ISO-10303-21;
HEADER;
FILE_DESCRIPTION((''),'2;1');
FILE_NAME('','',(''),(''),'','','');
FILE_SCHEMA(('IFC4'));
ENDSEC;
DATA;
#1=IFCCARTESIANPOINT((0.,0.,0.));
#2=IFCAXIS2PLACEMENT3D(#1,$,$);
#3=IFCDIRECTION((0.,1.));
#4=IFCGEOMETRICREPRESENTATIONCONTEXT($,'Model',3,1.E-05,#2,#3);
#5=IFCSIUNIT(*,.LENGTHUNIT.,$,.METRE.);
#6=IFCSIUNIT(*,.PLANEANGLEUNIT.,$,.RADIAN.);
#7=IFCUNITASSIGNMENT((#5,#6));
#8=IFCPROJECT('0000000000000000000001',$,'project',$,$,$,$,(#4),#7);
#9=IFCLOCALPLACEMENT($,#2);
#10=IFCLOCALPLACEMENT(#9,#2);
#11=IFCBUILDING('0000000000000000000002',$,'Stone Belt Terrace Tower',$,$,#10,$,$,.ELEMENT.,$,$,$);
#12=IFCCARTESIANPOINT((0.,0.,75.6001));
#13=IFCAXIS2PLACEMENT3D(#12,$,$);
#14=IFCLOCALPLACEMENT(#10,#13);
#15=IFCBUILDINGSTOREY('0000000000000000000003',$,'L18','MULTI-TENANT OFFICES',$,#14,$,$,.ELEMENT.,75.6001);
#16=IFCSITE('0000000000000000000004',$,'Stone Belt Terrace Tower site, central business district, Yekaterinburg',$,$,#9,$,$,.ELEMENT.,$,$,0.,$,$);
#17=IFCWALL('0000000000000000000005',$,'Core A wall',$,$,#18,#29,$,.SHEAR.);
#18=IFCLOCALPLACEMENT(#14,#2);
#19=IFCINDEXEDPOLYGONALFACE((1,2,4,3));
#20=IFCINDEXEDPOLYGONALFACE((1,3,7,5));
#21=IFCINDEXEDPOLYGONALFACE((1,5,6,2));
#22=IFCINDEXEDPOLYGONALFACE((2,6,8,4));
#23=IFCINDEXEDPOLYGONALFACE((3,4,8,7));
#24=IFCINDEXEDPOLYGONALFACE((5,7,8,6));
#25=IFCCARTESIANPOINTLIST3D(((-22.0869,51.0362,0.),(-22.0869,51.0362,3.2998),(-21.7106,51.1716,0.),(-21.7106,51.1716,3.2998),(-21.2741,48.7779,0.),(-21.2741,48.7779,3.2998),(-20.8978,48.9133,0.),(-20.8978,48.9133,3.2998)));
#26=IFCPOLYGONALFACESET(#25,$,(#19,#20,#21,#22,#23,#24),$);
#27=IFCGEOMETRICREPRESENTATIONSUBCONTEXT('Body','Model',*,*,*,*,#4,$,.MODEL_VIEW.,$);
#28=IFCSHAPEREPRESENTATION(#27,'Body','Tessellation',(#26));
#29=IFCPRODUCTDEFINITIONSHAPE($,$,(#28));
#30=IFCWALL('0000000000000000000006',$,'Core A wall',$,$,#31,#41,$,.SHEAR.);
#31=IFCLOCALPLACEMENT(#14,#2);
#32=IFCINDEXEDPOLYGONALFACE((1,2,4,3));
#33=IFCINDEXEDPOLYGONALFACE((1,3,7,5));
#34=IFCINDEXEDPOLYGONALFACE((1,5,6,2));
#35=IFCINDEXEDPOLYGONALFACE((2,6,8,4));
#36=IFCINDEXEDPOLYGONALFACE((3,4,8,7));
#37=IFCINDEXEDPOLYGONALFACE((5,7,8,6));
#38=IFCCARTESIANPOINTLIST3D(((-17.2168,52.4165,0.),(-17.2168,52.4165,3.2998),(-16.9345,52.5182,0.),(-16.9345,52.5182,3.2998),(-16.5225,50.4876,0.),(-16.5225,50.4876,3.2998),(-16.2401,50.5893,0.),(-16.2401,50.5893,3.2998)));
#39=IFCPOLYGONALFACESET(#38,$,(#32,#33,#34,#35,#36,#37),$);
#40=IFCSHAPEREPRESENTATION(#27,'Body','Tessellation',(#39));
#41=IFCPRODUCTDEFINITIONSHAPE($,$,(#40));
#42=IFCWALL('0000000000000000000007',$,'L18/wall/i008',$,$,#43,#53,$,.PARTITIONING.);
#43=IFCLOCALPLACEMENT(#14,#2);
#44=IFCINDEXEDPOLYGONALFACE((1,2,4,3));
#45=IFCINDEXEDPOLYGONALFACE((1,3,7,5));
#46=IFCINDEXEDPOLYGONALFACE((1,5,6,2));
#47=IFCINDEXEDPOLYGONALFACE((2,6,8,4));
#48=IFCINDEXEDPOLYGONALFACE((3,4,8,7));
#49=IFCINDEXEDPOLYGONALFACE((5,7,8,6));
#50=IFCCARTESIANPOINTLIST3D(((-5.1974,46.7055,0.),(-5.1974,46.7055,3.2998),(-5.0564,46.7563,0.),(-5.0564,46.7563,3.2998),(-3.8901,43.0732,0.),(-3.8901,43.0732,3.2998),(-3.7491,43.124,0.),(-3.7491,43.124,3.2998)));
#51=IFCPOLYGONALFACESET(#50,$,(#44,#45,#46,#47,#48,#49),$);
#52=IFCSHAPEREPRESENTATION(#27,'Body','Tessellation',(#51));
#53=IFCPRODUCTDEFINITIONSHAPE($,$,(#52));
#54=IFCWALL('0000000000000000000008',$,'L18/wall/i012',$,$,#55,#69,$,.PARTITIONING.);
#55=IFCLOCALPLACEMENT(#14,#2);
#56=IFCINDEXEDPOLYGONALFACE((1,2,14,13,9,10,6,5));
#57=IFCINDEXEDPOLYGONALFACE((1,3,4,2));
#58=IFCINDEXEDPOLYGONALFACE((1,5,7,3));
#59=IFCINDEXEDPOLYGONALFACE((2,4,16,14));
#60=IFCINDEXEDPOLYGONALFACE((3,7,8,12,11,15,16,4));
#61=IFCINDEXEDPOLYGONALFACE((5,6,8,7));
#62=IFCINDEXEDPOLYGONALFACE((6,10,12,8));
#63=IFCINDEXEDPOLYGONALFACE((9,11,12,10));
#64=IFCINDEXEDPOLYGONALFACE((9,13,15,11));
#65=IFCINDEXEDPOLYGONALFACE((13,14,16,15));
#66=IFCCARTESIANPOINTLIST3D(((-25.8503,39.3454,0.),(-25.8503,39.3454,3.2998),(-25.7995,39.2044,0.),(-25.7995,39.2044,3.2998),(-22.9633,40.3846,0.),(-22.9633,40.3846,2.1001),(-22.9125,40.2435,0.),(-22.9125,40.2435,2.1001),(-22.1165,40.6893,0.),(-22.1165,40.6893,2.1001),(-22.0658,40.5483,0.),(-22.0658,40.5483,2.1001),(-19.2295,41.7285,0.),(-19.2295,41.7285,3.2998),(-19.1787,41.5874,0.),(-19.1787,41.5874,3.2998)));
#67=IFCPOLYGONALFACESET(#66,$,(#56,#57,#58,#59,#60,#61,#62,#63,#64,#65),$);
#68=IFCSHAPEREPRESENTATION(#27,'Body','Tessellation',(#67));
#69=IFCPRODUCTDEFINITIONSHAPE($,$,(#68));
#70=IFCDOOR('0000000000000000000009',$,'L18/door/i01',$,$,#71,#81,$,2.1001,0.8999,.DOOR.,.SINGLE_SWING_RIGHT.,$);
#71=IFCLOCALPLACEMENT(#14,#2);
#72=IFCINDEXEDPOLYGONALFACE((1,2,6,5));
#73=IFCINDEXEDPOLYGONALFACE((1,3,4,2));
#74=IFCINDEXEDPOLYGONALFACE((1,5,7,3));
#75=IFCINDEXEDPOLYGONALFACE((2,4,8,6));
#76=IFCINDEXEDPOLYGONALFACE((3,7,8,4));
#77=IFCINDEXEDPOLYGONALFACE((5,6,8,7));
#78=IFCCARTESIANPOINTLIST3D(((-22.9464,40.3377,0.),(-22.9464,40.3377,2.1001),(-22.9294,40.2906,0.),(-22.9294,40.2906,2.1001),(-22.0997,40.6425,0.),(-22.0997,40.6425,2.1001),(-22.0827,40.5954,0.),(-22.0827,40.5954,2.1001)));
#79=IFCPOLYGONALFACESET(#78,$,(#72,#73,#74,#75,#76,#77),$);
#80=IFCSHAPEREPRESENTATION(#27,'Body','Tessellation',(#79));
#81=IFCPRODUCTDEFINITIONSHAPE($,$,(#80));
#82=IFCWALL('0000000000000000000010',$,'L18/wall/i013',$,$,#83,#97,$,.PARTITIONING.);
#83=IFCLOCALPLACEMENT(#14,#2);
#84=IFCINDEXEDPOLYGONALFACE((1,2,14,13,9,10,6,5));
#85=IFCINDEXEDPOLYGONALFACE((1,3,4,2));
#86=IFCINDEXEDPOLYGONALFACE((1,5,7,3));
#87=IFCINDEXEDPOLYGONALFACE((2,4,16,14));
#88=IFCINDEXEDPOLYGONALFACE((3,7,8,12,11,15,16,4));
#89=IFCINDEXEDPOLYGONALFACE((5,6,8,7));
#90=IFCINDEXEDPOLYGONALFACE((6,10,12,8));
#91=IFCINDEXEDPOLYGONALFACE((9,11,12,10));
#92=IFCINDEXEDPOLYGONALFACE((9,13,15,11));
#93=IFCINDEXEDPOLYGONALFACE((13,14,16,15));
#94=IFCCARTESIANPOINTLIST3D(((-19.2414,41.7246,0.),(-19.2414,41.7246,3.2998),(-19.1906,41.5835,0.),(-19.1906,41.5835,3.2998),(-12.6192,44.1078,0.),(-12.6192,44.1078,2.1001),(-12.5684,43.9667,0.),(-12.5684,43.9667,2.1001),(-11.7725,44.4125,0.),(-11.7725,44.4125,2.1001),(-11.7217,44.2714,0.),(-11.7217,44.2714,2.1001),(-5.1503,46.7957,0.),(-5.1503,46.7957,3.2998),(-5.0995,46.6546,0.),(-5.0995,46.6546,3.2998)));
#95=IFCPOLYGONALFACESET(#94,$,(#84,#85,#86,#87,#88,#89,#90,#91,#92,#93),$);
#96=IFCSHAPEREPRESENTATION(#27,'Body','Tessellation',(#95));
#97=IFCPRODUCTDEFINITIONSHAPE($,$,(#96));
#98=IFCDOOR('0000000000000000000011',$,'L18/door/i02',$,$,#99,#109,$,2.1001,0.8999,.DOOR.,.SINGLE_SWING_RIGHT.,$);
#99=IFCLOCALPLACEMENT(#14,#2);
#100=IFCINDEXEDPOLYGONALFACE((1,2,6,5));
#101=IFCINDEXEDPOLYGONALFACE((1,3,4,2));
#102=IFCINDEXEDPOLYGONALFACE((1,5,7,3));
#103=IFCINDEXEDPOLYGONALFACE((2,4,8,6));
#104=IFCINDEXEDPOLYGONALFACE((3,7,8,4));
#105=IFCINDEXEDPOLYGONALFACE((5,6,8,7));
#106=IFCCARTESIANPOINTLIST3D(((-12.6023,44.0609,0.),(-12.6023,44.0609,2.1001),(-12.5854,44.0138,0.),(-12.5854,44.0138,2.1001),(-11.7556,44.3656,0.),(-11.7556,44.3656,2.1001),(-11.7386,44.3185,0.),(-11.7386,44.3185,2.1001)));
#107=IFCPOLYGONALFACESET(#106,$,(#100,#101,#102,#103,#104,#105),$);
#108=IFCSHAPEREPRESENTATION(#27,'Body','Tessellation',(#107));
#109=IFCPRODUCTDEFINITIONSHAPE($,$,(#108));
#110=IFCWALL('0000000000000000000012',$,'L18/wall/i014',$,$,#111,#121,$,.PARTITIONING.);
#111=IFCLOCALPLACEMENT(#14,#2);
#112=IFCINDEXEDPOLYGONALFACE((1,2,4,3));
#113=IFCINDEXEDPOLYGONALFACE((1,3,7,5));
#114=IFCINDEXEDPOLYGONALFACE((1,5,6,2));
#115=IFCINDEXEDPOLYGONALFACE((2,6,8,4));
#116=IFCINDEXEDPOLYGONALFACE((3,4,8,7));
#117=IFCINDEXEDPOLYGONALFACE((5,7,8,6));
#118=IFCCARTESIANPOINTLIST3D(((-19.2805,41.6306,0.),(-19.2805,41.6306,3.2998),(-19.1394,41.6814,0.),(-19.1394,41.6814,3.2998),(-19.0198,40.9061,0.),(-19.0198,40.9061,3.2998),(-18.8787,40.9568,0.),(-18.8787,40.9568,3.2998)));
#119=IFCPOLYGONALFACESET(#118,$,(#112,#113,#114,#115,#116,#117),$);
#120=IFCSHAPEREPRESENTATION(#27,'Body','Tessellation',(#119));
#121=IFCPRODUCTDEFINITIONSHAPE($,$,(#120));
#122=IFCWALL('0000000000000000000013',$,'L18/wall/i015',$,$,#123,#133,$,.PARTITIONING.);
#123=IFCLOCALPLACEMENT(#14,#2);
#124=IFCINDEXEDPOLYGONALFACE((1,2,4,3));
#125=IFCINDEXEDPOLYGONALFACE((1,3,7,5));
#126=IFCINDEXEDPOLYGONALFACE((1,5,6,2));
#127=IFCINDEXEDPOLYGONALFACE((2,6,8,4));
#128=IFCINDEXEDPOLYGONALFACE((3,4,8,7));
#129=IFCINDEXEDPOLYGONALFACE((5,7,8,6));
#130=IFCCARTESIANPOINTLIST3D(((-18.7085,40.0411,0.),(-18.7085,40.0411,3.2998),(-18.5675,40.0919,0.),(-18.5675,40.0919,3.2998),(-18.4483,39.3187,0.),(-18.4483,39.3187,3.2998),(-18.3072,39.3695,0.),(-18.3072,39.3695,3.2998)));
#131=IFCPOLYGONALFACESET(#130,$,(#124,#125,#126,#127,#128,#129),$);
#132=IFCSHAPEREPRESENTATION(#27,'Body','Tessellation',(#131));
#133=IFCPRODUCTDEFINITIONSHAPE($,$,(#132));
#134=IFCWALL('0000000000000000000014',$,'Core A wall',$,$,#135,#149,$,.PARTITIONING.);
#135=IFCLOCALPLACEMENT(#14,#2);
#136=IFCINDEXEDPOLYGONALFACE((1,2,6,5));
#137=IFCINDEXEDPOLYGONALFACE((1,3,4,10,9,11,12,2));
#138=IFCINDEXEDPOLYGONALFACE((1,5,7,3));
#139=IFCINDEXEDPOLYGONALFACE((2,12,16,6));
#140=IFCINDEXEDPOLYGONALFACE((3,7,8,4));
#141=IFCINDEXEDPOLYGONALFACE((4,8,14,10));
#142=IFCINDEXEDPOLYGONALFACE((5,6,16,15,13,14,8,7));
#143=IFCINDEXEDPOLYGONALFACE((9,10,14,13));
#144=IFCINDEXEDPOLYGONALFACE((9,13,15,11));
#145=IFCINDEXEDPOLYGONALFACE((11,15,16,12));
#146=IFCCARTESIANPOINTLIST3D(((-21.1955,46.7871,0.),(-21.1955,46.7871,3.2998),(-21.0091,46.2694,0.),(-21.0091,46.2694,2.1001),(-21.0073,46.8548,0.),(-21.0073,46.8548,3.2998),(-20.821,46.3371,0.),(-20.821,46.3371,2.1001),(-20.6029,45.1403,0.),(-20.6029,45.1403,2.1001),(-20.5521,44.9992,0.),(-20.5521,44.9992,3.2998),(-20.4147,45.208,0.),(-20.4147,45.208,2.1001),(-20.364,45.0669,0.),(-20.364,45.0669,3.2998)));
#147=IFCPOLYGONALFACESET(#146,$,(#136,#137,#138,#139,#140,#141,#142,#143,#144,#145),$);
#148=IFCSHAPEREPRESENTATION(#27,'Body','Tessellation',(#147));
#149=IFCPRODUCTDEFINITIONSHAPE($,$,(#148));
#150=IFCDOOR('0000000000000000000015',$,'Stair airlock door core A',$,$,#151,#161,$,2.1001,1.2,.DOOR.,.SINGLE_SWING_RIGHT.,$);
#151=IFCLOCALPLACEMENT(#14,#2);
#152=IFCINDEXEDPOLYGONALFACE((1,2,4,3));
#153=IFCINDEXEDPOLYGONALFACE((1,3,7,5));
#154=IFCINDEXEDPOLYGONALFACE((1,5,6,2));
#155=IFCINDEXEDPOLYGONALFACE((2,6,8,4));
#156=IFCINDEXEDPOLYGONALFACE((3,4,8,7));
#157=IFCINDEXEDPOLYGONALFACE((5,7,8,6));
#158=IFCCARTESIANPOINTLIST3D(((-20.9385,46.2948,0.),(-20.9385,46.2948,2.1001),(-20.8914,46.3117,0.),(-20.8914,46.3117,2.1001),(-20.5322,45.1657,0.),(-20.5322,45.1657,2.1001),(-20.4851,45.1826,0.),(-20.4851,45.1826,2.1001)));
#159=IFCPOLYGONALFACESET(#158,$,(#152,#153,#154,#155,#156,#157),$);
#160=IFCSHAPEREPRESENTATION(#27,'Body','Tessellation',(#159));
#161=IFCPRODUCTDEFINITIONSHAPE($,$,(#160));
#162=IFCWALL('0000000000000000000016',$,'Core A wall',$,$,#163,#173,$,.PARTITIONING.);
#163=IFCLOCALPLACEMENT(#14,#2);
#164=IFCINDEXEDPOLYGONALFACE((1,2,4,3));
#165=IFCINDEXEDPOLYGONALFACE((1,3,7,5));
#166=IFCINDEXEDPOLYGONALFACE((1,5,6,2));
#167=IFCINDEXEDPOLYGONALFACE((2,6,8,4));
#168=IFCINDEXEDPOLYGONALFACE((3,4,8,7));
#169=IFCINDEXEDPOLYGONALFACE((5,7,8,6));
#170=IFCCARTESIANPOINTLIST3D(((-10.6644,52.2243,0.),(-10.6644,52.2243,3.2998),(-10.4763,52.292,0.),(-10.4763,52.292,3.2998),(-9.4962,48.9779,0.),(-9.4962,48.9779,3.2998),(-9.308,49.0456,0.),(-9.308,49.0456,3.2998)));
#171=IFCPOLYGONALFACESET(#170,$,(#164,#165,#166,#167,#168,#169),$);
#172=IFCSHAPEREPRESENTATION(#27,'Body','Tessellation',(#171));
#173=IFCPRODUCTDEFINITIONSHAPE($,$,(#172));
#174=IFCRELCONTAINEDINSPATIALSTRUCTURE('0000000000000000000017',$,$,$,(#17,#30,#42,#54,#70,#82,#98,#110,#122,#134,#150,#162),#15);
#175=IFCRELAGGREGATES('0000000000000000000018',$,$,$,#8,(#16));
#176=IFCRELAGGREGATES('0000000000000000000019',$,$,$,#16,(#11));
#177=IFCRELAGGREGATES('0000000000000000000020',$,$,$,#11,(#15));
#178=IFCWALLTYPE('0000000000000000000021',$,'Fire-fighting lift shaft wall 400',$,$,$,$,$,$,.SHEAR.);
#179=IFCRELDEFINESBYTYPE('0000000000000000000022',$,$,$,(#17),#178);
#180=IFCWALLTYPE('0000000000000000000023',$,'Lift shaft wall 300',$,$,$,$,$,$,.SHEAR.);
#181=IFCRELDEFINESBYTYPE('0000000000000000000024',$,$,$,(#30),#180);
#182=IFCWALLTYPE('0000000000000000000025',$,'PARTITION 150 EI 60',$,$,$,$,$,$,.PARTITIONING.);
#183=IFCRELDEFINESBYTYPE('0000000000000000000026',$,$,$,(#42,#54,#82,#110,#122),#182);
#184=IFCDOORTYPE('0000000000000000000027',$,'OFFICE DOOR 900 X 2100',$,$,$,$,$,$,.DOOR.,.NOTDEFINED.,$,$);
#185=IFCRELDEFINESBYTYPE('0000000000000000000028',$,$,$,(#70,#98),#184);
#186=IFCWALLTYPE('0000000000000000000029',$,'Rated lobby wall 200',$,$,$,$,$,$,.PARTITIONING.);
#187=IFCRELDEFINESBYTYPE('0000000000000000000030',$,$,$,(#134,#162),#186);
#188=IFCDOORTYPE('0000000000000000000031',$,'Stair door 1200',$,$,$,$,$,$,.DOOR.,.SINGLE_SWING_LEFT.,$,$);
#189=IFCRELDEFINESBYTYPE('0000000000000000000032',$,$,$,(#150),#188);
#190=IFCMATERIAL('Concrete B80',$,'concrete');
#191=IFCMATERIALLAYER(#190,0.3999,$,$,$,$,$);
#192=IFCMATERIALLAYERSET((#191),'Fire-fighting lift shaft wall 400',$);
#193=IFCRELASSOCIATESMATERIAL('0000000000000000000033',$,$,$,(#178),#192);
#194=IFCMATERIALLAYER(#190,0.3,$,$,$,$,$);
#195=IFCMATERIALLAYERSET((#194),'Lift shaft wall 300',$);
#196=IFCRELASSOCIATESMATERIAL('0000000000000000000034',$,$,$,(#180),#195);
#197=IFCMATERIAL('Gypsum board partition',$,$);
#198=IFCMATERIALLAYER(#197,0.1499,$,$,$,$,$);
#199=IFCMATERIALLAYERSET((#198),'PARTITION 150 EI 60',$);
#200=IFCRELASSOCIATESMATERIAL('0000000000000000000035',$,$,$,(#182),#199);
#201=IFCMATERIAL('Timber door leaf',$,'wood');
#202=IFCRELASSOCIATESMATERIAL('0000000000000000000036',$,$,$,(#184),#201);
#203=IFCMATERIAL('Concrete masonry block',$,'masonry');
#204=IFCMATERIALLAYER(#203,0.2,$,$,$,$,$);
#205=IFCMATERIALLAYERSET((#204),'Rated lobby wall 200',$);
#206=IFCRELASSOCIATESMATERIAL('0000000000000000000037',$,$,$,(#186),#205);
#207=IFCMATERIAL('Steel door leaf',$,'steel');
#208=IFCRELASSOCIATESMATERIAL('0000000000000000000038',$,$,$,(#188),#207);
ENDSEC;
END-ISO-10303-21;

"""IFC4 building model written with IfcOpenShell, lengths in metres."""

from ifc_helpers import new_model, si_unit, direction, frame, frame_2d, origin, place, context, subcontext, project, spatial, rectangle, extrude, material, layer, layer_set, type_object, element, fill, save


model = new_model("IFC4")

# Units and contexts
model_context = context("Model", 3, precision=1e-05, world=origin(), true_north=direction((0.0, 1.0)))
body_context = subcontext(model_context, "Body", "Model", "MODEL_VIEW")
ifc_project = project(units=[si_unit("LENGTHUNIT", "METRE"), si_unit("PLANEANGLEUNIT", "RADIAN")], contexts=[model_context])

# Site, building, storey
site_placement = place(None, origin())
site = spatial("IfcSite", under=ifc_project, at=site_placement, Name="Stone Belt Terrace Tower site, central business district, Yekaterinburg", CompositionType="ELEMENT", RefElevation=0.0)
building_placement = place(site_placement, origin())
building = spatial("IfcBuilding", under=site, at=building_placement, Name="Stone Belt Terrace Tower", CompositionType="ELEMENT")
storey_placement = place(building_placement, frame((0.0, 0.0, 75.6001)))
storey = spatial("IfcBuildingStorey", under=building, at=storey_placement, Name="L18", Description="MULTI-TENANT OFFICES", CompositionType="ELEMENT", Elevation=75.6001)

# Shared definitions
ifc_material_1 = material(Name="Concrete B80", Category="concrete")

# Shared definitions
ifc_material_2 = material(Name="Timber door leaf", Category="wood")

# Walls
ifc_layer_1 = layer(ifc_material_1, 0.3999)
ifc_layer_set_1 = layer_set([ifc_layer_1], Name="Fire-fighting lift shaft wall 400")
wall_type_1 = type_object("IfcWallType", Name="Fire-fighting lift shaft wall 400", PredefinedType="SHEAR", material=ifc_layer_set_1)
wall_1_placement = place(storey_placement, frame((-21.0859, 48.8455, 0.0), z_axis=(0.0, 0.0, 1.0), x_axis=(-0.338629, 0.94092, 0.0)))
element("IfcWall", 1, at=wall_1_placement, inside=storey, type_object=wall_type_1, Name="Core A wall", PredefinedType="SHEAR", context=body_context, shape_type="SweptSolid", body=[
    extrude(rectangle(XDim=2.4001, YDim=0.3999, at=frame_2d((1.2002, 0.0))), origin(), (0.0, 0.0, 1.0), 3.2998),
])
ifc_layer_2 = layer(ifc_material_1, 0.3)
ifc_layer_set_2 = layer_set([ifc_layer_2], Name="Lift shaft wall 300")
wall_type_2 = type_object("IfcWallType", Name="Lift shaft wall 300", PredefinedType="SHEAR", material=ifc_layer_set_2)
wall_2_placement = place(storey_placement, frame((-16.3813, 50.5386, 0.0), z_axis=(0.0, 0.0, 1.0), x_axis=(-0.338682, 0.940901, 0.0)))
element("IfcWall", 2, at=wall_2_placement, inside=storey, type_object=wall_type_2, Name="Core A wall", PredefinedType="SHEAR", context=body_context, shape_type="SweptSolid", body=[
    extrude(rectangle(XDim=2.05, YDim=0.3, at=frame_2d((1.0249, 0.0))), origin(), (0.0, 0.0, 1.0), 3.2998),
])
ifc_material_3 = material(Name="Gypsum board partition")
ifc_layer_3 = layer(ifc_material_3, 0.1499)
ifc_layer_set_3 = layer_set([ifc_layer_3], Name="PARTITION 150 EI 60")
wall_type_3 = type_object("IfcWallType", Name="PARTITION 150 EI 60", PredefinedType="PARTITIONING", material=ifc_layer_set_3)
wall_3_placement = place(storey_placement, frame((-3.8196, 43.0986, 0.0), z_axis=(0.0, 0.0, 1.0), x_axis=(-0.338659, 0.940909, 0.0)))
element("IfcWall", 3, at=wall_3_placement, inside=storey, type_object=wall_type_3, Name="L18/wall/i008", PredefinedType="PARTITIONING", context=body_context, shape_type="SweptSolid", body=[
    extrude(rectangle(XDim=3.8604, YDim=0.1499, at=frame_2d((1.9302, 0.0))), origin(), (0.0, 0.0, 1.0), 3.2998),
])

# Walls, openings, doors
wall_4_placement = place(storey_placement, frame((-19.2041, 41.658, 0.0), z_axis=(0.0, 0.0, 1.0), x_axis=(-0.940908, -0.338663, 0.0)))
wall_4 = element("IfcWall", 4, at=wall_4_placement, inside=storey, type_object=wall_type_3, Name="L18/wall/i012", PredefinedType="PARTITIONING", context=body_context, shape_type="SweptSolid", body=[
    extrude(rectangle(XDim=7.0366, YDim=0.1499, at=frame_2d((3.5183, 0.0))), origin(), (0.0, 0.0, 1.0), 3.2998),
])
opening_1_placement = place(wall_4_placement, frame((3.0684, 0.0, 0.0)))
opening_1 = element("IfcOpeningElement", 5, at=opening_1_placement, cuts=wall_4, PredefinedType="OPENING", context=body_context, shape_type="SweptSolid", body=[
    extrude(rectangle(XDim=0.8999, YDim=2.1001, at=frame_2d((0.45, 1.05))), frame((0.0, 0.085, 0.0), z_axis=(0.0, -1.0, 0.0), x_axis=(1.0, 0.0, 0.0)), (0.0, 0.0, 1.0), 0.1699),
])
door_type_1 = type_object("IfcDoorType", Name="OFFICE DOOR 900 X 2100", OperationType="NOTDEFINED", PredefinedType="DOOR", material=ifc_material_2)
door_1_placement = place(opening_1_placement, origin())
door_1 = element("IfcDoor", 6, at=door_1_placement, inside=storey, type_object=door_type_1, Name="L18/door/i01", OperationType="SINGLE_SWING_RIGHT", OverallHeight=2.1001, OverallWidth=0.8999, PredefinedType="DOOR", context=body_context, shape_type="SweptSolid", body=[
    extrude(rectangle(XDim=0.8999, YDim=2.1001, at=frame_2d((0.45, 1.05))), frame((0.0, 0.0249, 0.0), z_axis=(0.0, -1.0, 0.0), x_axis=(1.0, 0.0, 0.0)), (0.0, 0.0, 1.0), 0.05),
])
fill(opening_1, door_1)
wall_5_placement = place(storey_placement, frame((-5.125, 46.7251, 0.0), z_axis=(0.0, 0.0, 1.0), x_axis=(-0.940924, -0.338617, 0.0)))
wall_5 = element("IfcWall", 7, at=wall_5_placement, inside=storey, type_object=wall_type_3, Name="L18/wall/i013", PredefinedType="PARTITIONING", context=body_context, shape_type="SweptSolid", body=[
    extrude(rectangle(XDim=14.9758, YDim=0.1499, at=frame_2d((7.4878, 0.0))), origin(), (0.0, 0.0, 1.0), 3.2998),
])
opening_2_placement = place(wall_5_placement, frame((7.0378, 0.0, 0.0)))
opening_2 = element("IfcOpeningElement", 8, at=opening_2_placement, cuts=wall_5, PredefinedType="OPENING", context=body_context, shape_type="SweptSolid", body=[
    extrude(rectangle(XDim=0.8999, YDim=2.1001, at=frame_2d((0.45, 1.05))), frame((0.0, 0.085, 0.0), z_axis=(0.0, -1.0, 0.0), x_axis=(1.0, 0.0, 0.0)), (0.0, 0.0, 1.0), 0.1699),
])
door_2_placement = place(opening_2_placement, origin())
door_2 = element("IfcDoor", 9, at=door_2_placement, inside=storey, type_object=door_type_1, Name="L18/door/i02", OperationType="SINGLE_SWING_RIGHT", OverallHeight=2.1001, OverallWidth=0.8999, PredefinedType="DOOR", context=body_context, shape_type="SweptSolid", body=[
    extrude(rectangle(XDim=0.8999, YDim=2.1001, at=frame_2d((0.45, 1.05))), frame((0.0, 0.0249, 0.0), z_axis=(0.0, -1.0, 0.0), x_axis=(1.0, 0.0, 0.0)), (0.0, 0.0, 1.0), 0.05),
])
fill(opening_2, door_2)

# Walls
wall_6_placement = place(storey_placement, frame((-19.21, 41.656, 0.0), z_axis=(0.0, 0.0, 1.0), x_axis=(0.338585, -0.940936, 0.0)))
element("IfcWall", 10, at=wall_6_placement, inside=storey, type_object=wall_type_3, Name="L18/wall/i014", PredefinedType="PARTITIONING", context=body_context, shape_type="SweptSolid", body=[
    extrude(rectangle(XDim=0.77, YDim=0.1499, at=frame_2d((0.385, 0.0))), origin(), (0.0, 0.0, 1.0), 3.2998),
])
wall_7_placement = place(storey_placement, frame((-18.6379, 40.0664, 0.0), z_axis=(0.0, 0.0, 1.0), x_axis=(0.338933, -0.94081, 0.0)))
element("IfcWall", 11, at=wall_7_placement, inside=storey, type_object=wall_type_3, Name="L18/wall/i015", PredefinedType="PARTITIONING", context=body_context, shape_type="SweptSolid", body=[
    extrude(rectangle(XDim=0.7678, YDim=0.1499, at=frame_2d((0.3838, 0.0))), origin(), (0.0, 0.0, 1.0), 3.2998),
])

# Wall, opening, door
ifc_material_4 = material(Name="Concrete masonry block", Category="masonry")
ifc_layer_4 = layer(ifc_material_4, 0.2)
ifc_layer_set_4 = layer_set([ifc_layer_4], Name="Rated lobby wall 200")
wall_type_4 = type_object("IfcWallType", Name="Rated lobby wall 200", PredefinedType="PARTITIONING", material=ifc_layer_set_4)
wall_8_placement = place(storey_placement, frame((-20.458, 45.033, 0.0), z_axis=(0.0, 0.0, 1.0), x_axis=(-0.338574, 0.94094, 0.0)))
wall_8 = element("IfcWall", 12, at=wall_8_placement, inside=storey, type_object=wall_type_4, Name="Core A wall", PredefinedType="PARTITIONING", context=body_context, shape_type="SweptSolid", body=[
    extrude(rectangle(XDim=1.9001, YDim=0.2, at=frame_2d((0.9502, 0.0))), origin(), (0.0, 0.0, 1.0), 3.2998),
])
opening_3_placement = place(wall_8_placement, frame((0.1499, 0.0, 0.0)))
opening_3 = element("IfcOpeningElement", 13, at=opening_3_placement, cuts=wall_8, PredefinedType="OPENING", context=body_context, shape_type="SweptSolid", body=[
    extrude(rectangle(XDim=1.2, YDim=2.1001, at=frame_2d((0.6001, 1.05))), frame((0.0, 0.1099, 0.0), z_axis=(0.0, -1.0, 0.0), x_axis=(1.0, 0.0, 0.0)), (0.0, 0.0, 1.0), 0.22),
])
ifc_material_5 = material(Name="Steel door leaf", Category="steel")
door_type_2 = type_object("IfcDoorType", Name="Stair door 1200", OperationType="SINGLE_SWING_LEFT", PredefinedType="DOOR", material=ifc_material_5)
door_3_placement = place(opening_3_placement, origin())
door_3 = element("IfcDoor", 14, at=door_3_placement, inside=storey, type_object=door_type_2, Name="Stair airlock door core A", OperationType="SINGLE_SWING_RIGHT", OverallHeight=2.1001, OverallWidth=1.2, PredefinedType="DOOR", context=body_context, shape_type="SweptSolid", body=[
    extrude(rectangle(XDim=1.2, YDim=2.1001, at=frame_2d((0.6001, 1.05))), frame((0.0, 0.0249, 0.0), z_axis=(0.0, -1.0, 0.0), x_axis=(1.0, 0.0, 0.0)), (0.0, 0.0, 1.0), 0.05),
])
fill(opening_3, door_3)

# Wall
wall_9_placement = place(storey_placement, frame((-9.4021, 49.0117, 0.0), z_axis=(0.0, 0.0, 1.0), x_axis=(-0.338599, 0.940931, 0.0)))
element("IfcWall", 15, at=wall_9_placement, inside=storey, type_object=wall_type_4, Name="Core A wall", PredefinedType="PARTITIONING", context=body_context, shape_type="SweptSolid", body=[
    extrude(rectangle(XDim=3.4502, YDim=0.2, at=frame_2d((1.7251, 0.0))), origin(), (0.0, 0.0, 1.0), 3.2998),
])

save(model, "model.ifc")
